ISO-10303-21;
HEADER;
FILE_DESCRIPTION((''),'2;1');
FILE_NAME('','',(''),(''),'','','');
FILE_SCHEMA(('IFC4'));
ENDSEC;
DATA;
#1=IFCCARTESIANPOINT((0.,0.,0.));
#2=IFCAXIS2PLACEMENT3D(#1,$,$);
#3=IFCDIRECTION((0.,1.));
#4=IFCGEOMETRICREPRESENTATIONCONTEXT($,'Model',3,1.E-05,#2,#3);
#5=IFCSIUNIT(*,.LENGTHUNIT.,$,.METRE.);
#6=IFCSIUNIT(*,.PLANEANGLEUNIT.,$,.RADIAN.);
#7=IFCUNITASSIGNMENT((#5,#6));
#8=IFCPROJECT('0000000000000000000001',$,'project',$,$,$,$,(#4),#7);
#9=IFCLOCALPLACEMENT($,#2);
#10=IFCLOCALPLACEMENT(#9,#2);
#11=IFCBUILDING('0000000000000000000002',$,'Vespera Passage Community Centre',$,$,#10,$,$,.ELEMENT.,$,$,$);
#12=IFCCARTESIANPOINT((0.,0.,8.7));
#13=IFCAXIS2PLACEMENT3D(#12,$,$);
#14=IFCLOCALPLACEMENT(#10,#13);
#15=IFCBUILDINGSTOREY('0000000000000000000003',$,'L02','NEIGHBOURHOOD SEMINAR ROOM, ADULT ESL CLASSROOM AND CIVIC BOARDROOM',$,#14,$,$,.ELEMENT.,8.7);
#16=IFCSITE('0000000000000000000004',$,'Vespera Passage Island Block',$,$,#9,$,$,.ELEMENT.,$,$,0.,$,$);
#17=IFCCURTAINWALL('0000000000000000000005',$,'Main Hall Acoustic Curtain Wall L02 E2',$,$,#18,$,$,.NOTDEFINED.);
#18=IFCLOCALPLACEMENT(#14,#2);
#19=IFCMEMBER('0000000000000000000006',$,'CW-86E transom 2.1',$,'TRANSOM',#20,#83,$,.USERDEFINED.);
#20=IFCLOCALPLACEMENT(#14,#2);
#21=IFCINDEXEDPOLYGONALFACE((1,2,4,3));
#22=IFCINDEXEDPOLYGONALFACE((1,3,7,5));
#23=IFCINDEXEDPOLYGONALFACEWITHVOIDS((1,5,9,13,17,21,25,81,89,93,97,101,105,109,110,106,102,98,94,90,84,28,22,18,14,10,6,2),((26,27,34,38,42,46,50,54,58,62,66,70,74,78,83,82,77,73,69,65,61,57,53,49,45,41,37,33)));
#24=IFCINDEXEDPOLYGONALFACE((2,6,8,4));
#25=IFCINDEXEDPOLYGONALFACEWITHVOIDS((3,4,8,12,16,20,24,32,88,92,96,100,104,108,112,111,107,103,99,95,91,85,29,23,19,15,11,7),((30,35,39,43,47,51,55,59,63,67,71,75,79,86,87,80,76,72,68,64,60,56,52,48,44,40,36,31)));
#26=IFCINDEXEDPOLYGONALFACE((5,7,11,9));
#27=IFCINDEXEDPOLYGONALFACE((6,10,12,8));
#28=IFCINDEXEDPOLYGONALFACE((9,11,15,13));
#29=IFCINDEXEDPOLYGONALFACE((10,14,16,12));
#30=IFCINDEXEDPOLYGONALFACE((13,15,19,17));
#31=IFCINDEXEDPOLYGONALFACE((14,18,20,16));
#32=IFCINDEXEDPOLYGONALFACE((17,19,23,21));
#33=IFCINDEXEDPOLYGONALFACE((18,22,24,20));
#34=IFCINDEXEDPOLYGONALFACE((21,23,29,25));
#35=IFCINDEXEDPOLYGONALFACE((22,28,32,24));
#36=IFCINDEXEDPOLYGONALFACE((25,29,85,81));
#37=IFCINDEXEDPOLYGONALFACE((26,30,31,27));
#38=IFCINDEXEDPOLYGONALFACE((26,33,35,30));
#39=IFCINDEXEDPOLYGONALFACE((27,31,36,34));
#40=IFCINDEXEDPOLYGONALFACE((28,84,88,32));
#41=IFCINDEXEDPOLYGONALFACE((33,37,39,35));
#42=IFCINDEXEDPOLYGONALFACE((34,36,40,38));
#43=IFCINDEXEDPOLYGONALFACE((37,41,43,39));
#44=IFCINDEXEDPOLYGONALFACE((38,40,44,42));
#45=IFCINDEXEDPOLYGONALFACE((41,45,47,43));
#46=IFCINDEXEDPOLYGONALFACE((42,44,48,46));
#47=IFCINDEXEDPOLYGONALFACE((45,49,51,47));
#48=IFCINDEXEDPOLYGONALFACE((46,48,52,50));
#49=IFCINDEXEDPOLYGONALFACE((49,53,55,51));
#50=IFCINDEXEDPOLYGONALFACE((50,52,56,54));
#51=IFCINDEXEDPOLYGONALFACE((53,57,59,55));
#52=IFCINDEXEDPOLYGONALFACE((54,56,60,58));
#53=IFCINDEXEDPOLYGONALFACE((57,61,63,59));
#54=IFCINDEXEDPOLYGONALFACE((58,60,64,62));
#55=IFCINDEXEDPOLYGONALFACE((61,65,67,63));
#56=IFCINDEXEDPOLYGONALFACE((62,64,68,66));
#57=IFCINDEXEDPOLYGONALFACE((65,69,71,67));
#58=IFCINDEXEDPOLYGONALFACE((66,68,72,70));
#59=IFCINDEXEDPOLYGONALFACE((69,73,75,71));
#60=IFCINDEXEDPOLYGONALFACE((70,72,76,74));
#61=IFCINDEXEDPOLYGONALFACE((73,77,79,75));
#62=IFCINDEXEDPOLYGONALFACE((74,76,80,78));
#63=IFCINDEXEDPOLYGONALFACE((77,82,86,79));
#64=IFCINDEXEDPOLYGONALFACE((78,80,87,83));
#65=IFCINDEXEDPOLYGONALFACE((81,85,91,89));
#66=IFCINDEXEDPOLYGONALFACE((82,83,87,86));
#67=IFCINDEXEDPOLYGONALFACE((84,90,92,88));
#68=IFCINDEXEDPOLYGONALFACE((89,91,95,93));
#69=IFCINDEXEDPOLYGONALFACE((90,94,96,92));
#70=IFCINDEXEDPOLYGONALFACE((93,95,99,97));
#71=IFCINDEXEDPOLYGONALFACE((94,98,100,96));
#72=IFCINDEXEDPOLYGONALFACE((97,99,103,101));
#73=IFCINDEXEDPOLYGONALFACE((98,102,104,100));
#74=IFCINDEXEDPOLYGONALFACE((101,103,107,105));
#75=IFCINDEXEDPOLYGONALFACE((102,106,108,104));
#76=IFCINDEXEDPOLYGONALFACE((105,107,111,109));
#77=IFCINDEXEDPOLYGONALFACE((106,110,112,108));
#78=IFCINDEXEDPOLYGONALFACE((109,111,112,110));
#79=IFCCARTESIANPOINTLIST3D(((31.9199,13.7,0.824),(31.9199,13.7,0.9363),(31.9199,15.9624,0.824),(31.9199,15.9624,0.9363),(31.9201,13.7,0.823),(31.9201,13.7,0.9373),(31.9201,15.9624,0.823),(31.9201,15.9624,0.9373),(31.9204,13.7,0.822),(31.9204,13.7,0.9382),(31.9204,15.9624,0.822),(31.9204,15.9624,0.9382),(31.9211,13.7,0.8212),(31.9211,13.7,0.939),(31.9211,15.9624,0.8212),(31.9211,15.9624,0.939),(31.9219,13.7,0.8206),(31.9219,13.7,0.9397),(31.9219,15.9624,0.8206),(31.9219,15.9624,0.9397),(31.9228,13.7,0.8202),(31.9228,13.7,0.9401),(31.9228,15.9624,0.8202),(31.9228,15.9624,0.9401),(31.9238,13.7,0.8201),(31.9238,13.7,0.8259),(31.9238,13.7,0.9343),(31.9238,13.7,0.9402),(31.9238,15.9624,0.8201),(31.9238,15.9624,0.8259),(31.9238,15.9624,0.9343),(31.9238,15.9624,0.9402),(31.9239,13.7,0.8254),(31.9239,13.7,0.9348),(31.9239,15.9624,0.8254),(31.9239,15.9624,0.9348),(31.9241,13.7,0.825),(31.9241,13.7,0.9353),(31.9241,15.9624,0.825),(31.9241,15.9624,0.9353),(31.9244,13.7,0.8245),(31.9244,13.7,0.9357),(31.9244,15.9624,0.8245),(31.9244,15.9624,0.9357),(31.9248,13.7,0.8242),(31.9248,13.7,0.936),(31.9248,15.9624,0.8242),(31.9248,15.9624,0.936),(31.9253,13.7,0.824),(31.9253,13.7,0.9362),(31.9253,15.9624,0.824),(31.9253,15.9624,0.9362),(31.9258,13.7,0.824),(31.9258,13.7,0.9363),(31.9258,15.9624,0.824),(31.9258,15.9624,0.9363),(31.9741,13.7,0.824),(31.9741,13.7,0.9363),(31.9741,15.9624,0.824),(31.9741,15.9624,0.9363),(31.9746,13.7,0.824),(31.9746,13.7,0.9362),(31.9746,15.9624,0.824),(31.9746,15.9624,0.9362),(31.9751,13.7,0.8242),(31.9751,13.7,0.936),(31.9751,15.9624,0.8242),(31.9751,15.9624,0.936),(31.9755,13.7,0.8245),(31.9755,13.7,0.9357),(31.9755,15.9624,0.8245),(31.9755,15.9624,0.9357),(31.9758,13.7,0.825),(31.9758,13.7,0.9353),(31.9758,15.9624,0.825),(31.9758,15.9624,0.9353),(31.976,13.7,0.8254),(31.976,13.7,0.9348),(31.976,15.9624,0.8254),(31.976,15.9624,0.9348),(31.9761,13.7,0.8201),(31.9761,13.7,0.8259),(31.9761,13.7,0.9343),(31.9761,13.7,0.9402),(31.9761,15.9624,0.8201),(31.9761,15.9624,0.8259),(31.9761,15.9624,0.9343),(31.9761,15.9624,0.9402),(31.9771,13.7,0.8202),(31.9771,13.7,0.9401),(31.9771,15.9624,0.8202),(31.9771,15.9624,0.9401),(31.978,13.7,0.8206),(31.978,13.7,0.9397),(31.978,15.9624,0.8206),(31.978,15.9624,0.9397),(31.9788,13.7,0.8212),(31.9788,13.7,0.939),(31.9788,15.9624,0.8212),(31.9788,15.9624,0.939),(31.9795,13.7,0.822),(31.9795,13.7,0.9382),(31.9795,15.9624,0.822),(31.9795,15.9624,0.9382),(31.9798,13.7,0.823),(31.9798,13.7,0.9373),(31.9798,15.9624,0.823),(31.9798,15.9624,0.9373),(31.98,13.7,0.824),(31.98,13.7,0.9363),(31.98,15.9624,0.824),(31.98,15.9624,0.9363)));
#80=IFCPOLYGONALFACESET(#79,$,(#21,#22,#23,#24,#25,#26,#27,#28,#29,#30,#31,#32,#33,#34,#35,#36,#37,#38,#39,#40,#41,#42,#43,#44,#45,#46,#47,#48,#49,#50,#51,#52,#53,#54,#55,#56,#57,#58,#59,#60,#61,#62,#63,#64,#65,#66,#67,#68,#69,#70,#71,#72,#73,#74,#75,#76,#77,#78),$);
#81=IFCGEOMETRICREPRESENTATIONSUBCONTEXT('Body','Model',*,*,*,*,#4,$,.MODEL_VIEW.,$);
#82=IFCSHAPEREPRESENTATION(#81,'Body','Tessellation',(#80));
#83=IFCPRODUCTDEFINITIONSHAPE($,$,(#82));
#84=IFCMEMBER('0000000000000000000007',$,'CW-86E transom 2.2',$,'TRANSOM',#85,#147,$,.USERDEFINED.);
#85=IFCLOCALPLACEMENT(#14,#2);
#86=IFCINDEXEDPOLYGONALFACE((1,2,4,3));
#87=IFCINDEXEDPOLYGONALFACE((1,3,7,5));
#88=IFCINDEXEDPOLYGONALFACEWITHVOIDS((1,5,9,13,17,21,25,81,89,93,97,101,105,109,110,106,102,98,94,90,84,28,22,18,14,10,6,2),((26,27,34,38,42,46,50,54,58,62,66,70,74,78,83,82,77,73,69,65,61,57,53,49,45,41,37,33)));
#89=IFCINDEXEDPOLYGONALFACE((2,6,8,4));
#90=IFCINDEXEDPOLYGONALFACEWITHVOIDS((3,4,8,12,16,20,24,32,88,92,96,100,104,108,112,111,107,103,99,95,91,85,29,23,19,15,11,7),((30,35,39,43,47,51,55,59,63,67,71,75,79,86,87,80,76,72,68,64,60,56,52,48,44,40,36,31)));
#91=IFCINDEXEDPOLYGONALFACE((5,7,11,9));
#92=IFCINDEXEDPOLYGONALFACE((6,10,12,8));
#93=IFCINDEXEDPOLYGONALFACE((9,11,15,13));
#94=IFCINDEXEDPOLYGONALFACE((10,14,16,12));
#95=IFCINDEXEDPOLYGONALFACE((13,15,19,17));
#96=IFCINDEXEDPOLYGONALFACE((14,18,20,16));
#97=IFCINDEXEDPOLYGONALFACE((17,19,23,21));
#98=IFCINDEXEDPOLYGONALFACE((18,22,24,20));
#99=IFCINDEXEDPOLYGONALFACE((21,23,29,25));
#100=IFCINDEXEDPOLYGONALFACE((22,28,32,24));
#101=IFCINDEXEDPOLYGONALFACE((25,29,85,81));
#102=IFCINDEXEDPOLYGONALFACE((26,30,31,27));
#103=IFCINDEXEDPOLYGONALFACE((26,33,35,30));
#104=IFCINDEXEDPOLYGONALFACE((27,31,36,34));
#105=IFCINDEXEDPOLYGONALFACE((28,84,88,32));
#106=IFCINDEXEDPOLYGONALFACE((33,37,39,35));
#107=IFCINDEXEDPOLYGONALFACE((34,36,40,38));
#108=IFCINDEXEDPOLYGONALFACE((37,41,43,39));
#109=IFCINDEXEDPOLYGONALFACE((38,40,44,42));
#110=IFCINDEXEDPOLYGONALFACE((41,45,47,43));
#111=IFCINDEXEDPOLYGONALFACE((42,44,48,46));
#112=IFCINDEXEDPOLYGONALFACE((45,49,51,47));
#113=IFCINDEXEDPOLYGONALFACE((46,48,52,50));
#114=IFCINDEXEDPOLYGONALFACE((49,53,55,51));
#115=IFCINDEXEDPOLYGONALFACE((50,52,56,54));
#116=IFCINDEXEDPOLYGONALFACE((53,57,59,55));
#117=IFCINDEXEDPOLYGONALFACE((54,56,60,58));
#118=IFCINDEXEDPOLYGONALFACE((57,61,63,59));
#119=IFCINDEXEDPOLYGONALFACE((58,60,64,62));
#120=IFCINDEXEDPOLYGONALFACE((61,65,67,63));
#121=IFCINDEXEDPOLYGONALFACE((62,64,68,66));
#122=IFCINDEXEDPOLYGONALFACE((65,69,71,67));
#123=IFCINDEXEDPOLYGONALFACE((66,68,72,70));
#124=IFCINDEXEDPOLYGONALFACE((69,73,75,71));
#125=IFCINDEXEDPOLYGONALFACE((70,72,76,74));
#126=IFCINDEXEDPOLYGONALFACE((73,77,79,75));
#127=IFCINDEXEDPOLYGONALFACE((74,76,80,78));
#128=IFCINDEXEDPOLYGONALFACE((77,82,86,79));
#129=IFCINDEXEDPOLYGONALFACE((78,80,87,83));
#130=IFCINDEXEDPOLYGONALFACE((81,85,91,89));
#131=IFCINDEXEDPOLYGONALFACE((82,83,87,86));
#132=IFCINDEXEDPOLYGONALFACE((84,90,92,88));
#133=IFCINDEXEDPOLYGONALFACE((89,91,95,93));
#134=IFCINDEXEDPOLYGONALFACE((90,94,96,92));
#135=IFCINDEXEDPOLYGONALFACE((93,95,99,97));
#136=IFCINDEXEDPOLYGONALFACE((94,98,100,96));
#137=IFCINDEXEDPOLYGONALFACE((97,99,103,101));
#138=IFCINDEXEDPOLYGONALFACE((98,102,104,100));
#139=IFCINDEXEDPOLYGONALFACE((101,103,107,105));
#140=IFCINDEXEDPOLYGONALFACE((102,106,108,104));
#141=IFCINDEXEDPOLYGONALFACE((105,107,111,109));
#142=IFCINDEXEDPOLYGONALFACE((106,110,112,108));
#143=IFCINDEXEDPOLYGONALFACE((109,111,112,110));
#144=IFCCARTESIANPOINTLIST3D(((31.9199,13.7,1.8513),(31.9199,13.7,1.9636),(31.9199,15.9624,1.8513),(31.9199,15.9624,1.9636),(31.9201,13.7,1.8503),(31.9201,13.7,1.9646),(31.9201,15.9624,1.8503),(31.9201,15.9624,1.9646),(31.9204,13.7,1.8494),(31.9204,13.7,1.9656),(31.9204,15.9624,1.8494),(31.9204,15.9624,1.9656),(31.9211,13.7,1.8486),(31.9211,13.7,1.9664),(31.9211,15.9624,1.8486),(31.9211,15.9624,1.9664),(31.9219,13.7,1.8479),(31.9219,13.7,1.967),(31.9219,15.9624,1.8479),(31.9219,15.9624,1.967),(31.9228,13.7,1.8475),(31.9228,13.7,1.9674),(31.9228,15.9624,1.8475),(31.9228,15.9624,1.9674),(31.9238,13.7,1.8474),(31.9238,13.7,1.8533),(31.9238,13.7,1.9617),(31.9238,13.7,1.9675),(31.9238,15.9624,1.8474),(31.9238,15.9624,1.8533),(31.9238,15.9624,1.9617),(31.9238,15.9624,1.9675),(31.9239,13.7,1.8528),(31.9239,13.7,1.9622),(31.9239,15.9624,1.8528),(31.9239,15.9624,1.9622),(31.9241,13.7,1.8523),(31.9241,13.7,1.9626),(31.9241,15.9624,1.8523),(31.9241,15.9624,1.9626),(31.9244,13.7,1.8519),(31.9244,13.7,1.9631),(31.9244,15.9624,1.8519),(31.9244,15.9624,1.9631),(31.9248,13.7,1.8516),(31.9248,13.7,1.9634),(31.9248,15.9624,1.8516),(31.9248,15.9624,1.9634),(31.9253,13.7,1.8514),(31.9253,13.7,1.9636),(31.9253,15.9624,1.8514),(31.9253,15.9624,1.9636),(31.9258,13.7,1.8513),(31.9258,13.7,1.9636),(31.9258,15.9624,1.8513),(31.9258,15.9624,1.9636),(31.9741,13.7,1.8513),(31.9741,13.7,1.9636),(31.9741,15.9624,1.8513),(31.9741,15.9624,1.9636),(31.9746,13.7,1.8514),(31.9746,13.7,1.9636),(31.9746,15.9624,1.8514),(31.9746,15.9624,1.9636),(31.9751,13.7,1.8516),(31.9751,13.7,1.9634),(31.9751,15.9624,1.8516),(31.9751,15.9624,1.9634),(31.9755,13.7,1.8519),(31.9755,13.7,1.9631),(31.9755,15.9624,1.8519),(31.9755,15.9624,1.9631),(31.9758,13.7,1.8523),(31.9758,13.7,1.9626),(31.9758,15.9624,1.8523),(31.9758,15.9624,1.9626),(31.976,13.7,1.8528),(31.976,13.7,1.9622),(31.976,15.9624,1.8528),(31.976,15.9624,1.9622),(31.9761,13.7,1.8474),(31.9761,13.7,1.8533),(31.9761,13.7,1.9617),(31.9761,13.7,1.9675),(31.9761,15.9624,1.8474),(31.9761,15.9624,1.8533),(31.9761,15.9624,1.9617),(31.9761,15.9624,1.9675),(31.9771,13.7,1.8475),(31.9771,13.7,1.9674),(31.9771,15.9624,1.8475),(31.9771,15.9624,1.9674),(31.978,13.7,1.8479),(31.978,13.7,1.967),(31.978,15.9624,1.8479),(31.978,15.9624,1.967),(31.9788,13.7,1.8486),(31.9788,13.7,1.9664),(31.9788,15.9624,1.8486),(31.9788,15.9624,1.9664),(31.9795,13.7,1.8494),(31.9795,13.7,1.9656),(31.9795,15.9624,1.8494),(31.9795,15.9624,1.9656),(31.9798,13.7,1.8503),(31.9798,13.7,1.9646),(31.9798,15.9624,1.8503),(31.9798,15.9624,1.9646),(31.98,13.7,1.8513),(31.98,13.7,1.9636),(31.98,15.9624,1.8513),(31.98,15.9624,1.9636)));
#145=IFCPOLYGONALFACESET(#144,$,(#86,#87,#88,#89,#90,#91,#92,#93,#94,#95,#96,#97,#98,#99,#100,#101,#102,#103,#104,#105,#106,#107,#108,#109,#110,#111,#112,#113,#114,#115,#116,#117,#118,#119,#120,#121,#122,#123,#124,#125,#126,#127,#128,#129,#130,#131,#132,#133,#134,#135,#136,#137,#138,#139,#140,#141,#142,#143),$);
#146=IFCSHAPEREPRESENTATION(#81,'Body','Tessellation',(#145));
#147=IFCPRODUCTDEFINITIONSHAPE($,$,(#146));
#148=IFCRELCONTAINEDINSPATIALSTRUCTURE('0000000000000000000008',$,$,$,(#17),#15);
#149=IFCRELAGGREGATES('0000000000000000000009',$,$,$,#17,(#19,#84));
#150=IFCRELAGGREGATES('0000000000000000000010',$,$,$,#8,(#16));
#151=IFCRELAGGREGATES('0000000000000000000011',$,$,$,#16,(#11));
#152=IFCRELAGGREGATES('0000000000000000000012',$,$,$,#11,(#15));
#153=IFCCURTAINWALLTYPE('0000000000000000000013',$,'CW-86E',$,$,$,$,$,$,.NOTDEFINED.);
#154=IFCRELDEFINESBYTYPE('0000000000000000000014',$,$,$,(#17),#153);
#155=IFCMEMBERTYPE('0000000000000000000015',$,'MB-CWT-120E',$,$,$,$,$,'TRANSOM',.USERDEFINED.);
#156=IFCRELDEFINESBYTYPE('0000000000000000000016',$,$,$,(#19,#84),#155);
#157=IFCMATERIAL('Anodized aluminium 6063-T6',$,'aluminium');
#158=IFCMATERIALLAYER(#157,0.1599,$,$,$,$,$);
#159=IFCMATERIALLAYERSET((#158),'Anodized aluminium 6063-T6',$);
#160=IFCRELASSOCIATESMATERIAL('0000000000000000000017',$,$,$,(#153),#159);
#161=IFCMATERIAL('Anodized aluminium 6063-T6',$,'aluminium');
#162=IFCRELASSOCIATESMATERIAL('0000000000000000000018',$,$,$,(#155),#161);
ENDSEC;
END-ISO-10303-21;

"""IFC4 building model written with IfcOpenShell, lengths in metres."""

from ifc_helpers import new_model, si_unit, direction, frame, origin, origin_2d, place, context, subcontext, project, spatial, hollow_rectangle, extrude, material, layer, layer_set, material_profile, profile_set, type_object, element, aggregate, save


model = new_model("IFC4")

# Units and contexts
model_context = context("Model", 3, precision=1e-05, world=origin(), true_north=direction((0.0, 1.0)))
body_context = subcontext(model_context, "Body", "Model", "MODEL_VIEW")
ifc_project = project(units=[si_unit("LENGTHUNIT", "METRE"), si_unit("PLANEANGLEUNIT", "RADIAN")], contexts=[model_context])

# Site, building, storey
site_placement = place(None, origin())
site = spatial("IfcSite", under=ifc_project, at=site_placement, Name="Vespera Passage Island Block", CompositionType="ELEMENT", RefElevation=0.0)
building_placement = place(site_placement, origin())
building = spatial("IfcBuilding", under=site, at=building_placement, Name="Vespera Passage Community Centre", CompositionType="ELEMENT")
storey_placement = place(building_placement, frame((0.0, 0.0, 8.7)))
storey = spatial("IfcBuildingStorey", under=building, at=storey_placement, Name="L02", Description="NEIGHBOURHOOD SEMINAR ROOM, ADULT ESL CLASSROOM AND CIVIC BOARDROOM", CompositionType="ELEMENT", Elevation=8.7)

# Curtain wall, members
ifc_material_1 = material(Name="Anodized aluminium 6063-T6", Category="aluminium")
ifc_layer_1 = layer(ifc_material_1, 0.1599)
ifc_layer_set_1 = layer_set([ifc_layer_1], Name="Anodized aluminium 6063-T6")
curtain_wall_type_1 = type_object("IfcCurtainWallType", Name="CW-86E", PredefinedType="NOTDEFINED", material=ifc_layer_set_1)
curtain_wall_1_placement = place(storey_placement, origin())
curtain_wall_1 = element("IfcCurtainWall", 1, at=curtain_wall_1_placement, inside=storey, type_object=curtain_wall_type_1, Name="Main Hall Acoustic Curtain Wall L02 E2", PredefinedType="NOTDEFINED")
ifc_material_2 = material(Name="Anodized aluminium 6063-T6", Category="aluminium")
ifc_material_profile_1 = material_profile(ifc_material_2, hollow_rectangle(XDim=0.0601, YDim=0.1201, WallThickness=0.0039, InnerFilletRadius=0.002, OuterFilletRadius=0.0039, at=origin_2d()), Name="ALU120X60X4")
ifc_profile_set_1 = profile_set([ifc_material_profile_1], Name="Anodized aluminium 6063-T6")
member_type_1 = type_object("IfcMemberType", Name="MB-CWT-120E", ElementType="TRANSOM", PredefinedType="USERDEFINED", material=ifc_profile_set_1)
member_1_placement = place(storey_placement, frame((31.95, 15.9624, 0.8801), z_axis=(0.0, -1.0, 0.0), x_axis=(1.0, 0.0, 0.0)))
member_1 = element("IfcMember", 2, at=member_1_placement, type_object=member_type_1, Name="CW-86E transom 2.1", ObjectType="TRANSOM", PredefinedType="USERDEFINED", context=body_context, shape_type="SweptSolid", body=[
    extrude(hollow_rectangle(XDim=0.0601, YDim=0.1201, WallThickness=0.0039, InnerFilletRadius=0.002, OuterFilletRadius=0.0039, at=origin_2d()), origin(), (0.0, 0.0, 1.0), 2.2625),
])
member_2_placement = place(storey_placement, frame((31.95, 15.9624, 1.9075), z_axis=(0.0, -1.0, 0.0), x_axis=(1.0, 0.0, 0.0)))
member_2 = element("IfcMember", 3, at=member_2_placement, type_object=member_type_1, Name="CW-86E transom 2.2", ObjectType="TRANSOM", PredefinedType="USERDEFINED", context=body_context, shape_type="SweptSolid", body=[
    extrude(hollow_rectangle(XDim=0.0601, YDim=0.1201, WallThickness=0.0039, InnerFilletRadius=0.002, OuterFilletRadius=0.0039, at=origin_2d()), origin(), (0.0, 0.0, 1.0), 2.2625),
])

aggregate(curtain_wall_1, [member_1, member_2])

save(model, "model.ifc")
